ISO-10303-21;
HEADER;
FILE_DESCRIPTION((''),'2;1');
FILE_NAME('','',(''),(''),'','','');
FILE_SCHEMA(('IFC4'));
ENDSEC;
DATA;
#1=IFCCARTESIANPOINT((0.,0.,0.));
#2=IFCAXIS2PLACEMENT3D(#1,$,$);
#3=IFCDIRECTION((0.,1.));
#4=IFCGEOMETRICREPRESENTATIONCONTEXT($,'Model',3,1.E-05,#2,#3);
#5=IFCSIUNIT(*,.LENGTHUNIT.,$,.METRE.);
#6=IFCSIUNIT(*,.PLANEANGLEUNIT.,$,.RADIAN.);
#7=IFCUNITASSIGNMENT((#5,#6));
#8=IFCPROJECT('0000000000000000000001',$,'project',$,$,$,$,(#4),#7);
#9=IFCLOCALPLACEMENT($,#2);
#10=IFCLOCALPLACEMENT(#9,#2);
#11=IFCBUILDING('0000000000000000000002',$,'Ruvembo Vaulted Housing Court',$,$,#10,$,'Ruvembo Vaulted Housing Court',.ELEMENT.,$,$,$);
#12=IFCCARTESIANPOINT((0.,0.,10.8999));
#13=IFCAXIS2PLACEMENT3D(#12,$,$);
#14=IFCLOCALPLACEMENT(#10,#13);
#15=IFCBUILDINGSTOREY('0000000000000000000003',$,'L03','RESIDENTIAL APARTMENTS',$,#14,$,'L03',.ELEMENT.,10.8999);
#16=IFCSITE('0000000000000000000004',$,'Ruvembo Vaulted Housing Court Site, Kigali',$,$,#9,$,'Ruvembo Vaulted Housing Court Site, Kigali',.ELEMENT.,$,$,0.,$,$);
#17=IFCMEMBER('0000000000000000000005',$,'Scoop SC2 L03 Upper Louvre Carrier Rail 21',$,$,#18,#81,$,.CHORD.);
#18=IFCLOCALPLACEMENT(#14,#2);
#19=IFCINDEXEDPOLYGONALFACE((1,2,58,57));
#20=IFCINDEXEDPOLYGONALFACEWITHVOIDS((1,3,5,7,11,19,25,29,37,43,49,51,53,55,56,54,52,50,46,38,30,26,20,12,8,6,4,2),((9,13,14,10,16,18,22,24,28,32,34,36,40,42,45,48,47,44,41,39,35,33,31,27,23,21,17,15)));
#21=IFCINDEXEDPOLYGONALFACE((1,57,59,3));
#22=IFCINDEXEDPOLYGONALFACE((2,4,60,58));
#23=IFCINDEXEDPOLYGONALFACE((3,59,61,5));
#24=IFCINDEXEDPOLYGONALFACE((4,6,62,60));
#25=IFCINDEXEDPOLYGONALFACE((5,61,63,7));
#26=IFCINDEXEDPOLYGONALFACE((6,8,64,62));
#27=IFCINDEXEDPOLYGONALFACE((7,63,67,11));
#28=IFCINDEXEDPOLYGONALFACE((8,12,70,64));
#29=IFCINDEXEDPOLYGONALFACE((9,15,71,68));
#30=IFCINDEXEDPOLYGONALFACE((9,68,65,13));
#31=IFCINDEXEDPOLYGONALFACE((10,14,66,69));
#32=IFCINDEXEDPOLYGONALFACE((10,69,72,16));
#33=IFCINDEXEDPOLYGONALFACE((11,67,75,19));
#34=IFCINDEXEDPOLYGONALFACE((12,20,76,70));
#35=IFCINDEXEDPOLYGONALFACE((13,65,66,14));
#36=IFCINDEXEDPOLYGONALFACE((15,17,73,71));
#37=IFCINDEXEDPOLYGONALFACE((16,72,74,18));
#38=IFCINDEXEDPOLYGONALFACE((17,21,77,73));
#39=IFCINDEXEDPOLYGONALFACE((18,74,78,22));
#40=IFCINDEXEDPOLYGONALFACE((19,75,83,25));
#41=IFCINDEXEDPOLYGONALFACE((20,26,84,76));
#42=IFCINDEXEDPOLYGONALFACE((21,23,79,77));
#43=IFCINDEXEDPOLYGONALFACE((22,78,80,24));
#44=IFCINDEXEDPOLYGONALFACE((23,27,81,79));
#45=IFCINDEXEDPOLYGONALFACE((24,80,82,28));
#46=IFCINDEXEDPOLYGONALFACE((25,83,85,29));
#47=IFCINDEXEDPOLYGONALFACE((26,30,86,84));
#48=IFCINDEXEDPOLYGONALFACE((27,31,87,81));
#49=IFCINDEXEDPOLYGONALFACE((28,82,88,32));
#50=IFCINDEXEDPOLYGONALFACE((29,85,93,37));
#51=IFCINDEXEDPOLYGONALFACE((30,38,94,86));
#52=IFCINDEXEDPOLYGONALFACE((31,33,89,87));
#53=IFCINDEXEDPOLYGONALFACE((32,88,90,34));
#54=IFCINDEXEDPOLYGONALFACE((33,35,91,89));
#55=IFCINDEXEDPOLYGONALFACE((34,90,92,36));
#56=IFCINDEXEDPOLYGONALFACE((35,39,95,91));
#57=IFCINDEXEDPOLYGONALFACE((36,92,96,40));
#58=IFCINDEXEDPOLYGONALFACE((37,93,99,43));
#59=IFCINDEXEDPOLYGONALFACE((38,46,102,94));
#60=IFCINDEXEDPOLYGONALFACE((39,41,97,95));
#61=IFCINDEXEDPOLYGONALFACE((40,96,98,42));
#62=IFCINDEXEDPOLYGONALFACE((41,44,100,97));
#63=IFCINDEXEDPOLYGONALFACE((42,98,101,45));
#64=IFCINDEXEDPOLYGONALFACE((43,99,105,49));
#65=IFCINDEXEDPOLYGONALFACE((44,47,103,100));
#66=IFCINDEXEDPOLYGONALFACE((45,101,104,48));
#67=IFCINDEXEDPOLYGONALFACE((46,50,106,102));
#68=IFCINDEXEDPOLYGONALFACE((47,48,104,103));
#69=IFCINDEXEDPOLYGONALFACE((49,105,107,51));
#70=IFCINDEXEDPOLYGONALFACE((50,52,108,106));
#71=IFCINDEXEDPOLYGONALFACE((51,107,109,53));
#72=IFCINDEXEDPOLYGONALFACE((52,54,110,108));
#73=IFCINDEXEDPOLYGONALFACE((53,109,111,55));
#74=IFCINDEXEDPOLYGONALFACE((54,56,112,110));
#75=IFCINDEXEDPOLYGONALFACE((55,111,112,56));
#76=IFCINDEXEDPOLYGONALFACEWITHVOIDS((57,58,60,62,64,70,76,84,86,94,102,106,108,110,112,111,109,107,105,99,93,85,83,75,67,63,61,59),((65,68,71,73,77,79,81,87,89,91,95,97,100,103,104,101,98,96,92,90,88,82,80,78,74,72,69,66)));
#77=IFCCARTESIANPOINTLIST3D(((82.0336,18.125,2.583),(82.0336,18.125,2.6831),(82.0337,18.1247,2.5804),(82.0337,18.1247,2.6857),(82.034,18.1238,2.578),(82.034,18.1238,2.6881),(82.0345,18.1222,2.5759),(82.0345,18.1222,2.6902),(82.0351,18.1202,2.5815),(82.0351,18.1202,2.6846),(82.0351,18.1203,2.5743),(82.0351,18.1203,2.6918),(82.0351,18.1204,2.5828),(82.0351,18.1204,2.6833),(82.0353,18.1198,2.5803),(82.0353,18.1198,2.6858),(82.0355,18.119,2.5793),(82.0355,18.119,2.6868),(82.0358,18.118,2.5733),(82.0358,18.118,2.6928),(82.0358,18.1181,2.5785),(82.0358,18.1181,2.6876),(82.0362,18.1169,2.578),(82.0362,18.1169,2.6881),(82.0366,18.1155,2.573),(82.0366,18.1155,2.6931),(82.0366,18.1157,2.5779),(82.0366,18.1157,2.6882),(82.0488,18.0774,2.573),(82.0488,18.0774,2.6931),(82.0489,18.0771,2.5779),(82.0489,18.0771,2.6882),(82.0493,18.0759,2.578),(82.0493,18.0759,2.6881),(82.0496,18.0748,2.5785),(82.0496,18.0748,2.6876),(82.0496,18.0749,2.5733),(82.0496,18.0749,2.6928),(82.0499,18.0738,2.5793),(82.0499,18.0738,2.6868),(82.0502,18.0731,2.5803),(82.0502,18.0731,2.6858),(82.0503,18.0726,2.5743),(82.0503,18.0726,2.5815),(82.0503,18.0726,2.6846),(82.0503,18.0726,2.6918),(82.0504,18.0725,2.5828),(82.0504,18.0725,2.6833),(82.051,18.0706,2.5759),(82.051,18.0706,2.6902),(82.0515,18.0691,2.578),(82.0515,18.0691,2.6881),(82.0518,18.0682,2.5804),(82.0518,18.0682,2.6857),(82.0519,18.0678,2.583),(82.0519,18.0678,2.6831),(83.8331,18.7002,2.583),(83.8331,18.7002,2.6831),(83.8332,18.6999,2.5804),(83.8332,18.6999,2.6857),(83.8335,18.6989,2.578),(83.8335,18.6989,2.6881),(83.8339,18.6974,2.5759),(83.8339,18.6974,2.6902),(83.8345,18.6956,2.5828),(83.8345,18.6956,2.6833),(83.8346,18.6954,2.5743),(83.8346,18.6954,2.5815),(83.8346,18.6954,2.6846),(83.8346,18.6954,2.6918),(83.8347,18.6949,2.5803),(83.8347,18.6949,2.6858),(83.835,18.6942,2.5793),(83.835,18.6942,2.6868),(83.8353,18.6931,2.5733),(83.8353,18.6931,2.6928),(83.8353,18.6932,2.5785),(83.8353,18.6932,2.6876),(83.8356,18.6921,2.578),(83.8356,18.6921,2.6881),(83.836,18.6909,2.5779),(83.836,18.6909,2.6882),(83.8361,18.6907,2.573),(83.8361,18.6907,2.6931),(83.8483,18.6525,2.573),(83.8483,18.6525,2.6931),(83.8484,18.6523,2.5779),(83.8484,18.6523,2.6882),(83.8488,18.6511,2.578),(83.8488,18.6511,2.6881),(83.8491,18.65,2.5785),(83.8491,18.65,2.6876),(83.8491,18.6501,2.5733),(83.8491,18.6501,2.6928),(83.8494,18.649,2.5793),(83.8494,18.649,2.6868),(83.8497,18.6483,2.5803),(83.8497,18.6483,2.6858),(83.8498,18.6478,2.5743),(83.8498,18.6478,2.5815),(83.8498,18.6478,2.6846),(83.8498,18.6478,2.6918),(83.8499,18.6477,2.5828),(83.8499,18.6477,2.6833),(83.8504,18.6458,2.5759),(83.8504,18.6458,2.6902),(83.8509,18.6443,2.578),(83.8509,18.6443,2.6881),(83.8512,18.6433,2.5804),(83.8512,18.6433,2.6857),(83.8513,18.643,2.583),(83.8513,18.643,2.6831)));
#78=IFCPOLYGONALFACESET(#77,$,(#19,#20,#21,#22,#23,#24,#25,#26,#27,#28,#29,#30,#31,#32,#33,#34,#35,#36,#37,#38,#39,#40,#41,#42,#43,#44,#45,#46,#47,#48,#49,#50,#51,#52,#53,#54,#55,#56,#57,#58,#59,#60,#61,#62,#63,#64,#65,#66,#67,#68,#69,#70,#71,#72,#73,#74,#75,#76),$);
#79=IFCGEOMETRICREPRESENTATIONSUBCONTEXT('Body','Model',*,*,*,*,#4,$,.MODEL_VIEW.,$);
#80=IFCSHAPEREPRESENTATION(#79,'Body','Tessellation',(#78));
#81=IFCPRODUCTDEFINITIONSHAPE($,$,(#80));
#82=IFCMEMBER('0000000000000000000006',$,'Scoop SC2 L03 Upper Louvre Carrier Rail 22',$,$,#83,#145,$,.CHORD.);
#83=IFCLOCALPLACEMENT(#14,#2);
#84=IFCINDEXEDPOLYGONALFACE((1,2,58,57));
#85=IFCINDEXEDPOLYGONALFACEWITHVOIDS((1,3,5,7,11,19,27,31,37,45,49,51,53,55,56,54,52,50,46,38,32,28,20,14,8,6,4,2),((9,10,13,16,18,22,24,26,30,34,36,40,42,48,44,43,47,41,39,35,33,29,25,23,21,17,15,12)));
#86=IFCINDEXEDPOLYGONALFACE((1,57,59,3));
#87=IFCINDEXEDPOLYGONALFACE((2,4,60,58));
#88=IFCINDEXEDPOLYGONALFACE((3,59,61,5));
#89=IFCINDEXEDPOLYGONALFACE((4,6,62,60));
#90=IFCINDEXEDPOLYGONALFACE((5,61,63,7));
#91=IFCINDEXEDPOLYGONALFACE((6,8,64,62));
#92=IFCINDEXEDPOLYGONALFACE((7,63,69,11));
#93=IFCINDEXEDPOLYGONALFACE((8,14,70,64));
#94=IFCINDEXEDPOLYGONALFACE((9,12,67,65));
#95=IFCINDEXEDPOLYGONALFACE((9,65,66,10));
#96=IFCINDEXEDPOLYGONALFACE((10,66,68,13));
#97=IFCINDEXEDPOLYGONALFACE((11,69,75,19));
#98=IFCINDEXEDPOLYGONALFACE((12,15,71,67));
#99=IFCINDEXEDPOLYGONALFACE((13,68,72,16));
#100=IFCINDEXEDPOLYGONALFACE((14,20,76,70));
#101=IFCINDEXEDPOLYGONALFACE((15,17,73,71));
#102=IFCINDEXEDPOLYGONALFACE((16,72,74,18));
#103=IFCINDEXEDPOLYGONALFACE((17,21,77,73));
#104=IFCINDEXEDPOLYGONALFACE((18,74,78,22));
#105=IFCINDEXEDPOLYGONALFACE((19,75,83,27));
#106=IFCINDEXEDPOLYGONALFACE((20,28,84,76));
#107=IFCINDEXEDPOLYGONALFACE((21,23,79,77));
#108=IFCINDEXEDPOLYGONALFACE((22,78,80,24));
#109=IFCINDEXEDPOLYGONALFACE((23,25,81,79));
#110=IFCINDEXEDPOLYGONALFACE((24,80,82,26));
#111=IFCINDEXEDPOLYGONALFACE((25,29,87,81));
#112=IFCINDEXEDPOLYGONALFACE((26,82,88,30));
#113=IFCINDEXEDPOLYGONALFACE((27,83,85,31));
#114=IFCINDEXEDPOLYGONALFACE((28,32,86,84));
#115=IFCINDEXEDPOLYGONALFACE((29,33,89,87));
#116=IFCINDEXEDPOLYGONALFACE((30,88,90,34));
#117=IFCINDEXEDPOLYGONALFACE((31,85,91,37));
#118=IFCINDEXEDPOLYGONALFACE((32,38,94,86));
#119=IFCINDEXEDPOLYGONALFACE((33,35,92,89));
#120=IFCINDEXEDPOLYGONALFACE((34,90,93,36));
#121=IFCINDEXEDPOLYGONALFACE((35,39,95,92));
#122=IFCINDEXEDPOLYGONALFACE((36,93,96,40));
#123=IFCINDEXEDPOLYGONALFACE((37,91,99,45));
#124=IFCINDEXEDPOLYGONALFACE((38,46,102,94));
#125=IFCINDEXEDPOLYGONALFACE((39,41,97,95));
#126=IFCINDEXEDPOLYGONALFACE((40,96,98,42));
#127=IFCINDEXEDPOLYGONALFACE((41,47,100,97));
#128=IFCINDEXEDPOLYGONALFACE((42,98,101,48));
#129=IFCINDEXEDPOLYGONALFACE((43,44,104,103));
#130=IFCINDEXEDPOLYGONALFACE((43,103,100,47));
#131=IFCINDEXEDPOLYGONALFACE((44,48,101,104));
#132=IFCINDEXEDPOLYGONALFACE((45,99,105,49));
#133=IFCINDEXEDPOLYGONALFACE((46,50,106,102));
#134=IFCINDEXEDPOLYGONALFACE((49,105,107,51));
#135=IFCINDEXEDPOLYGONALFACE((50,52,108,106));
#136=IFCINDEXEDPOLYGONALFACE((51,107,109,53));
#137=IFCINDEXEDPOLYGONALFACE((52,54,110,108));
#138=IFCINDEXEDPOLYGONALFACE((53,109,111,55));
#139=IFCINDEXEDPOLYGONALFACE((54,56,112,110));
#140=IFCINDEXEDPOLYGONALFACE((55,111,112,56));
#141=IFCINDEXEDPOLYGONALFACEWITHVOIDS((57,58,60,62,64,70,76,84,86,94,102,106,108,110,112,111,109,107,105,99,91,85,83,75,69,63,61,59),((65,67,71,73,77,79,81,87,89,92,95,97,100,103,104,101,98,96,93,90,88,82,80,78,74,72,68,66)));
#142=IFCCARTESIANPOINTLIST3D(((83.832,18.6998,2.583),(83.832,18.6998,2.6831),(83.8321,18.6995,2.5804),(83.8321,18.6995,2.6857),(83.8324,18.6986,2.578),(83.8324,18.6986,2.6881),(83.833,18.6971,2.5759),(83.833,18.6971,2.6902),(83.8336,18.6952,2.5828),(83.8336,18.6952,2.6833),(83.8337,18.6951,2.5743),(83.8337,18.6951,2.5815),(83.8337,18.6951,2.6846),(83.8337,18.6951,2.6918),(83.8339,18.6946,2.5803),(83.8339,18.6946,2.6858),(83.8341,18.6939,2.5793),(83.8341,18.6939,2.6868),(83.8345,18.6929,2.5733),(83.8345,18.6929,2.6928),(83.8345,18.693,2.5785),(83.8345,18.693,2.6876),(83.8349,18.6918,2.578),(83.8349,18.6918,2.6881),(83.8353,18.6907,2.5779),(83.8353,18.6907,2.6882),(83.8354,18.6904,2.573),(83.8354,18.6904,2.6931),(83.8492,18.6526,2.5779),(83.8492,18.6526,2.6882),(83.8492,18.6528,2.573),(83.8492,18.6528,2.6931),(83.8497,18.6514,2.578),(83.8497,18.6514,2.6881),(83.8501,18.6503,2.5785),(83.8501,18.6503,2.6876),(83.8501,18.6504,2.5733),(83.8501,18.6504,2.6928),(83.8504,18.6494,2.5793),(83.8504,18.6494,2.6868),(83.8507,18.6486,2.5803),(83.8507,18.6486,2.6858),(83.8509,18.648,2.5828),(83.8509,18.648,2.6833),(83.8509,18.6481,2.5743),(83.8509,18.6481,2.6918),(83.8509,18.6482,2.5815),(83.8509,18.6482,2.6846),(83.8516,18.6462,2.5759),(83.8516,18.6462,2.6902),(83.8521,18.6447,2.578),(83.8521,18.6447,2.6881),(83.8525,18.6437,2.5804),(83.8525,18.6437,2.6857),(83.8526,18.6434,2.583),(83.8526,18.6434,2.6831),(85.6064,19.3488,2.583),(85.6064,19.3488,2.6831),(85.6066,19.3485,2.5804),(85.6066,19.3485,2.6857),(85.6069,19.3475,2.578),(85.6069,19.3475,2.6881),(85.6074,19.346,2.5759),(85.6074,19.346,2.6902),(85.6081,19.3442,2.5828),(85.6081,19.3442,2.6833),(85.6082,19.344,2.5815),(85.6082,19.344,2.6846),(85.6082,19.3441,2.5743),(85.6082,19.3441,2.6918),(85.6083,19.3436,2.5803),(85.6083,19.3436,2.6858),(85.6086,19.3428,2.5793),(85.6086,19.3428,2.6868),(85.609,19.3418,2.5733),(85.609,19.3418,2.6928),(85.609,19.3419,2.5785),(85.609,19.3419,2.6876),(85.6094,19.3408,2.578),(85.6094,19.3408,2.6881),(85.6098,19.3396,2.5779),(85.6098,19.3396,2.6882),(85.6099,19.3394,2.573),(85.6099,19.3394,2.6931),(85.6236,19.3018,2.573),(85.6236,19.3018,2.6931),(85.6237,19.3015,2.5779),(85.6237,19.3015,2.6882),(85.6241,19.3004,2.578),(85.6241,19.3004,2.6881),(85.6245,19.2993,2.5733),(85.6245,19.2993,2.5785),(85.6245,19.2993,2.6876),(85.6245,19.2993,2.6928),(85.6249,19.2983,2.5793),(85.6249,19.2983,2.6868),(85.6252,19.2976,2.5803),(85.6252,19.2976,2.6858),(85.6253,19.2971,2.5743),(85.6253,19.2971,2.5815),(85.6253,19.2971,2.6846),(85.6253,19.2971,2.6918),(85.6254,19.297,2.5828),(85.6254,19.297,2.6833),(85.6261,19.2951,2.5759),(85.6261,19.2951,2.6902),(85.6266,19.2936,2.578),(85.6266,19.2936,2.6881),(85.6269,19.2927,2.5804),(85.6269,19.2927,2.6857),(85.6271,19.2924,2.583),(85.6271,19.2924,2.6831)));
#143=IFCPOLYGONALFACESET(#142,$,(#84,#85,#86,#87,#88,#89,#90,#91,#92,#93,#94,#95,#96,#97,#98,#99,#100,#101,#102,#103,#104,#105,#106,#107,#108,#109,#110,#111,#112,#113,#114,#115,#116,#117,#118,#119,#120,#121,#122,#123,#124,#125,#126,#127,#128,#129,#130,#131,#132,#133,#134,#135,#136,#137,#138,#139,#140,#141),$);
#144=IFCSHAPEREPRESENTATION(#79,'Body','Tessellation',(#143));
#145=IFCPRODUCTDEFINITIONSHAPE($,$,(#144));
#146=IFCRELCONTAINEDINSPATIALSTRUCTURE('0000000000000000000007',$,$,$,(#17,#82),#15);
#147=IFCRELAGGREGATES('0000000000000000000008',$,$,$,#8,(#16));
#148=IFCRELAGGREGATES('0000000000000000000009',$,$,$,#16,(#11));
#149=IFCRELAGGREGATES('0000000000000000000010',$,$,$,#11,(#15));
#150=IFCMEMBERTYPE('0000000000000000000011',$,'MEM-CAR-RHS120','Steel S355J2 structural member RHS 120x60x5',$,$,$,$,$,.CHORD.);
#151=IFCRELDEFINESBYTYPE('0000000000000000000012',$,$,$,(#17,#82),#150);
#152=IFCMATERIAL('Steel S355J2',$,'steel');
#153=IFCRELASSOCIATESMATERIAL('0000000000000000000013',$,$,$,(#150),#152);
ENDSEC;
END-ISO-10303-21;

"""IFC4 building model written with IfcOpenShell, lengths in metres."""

from ifc_helpers import new_model, si_unit, direction, frame, origin, origin_2d, place, context, subcontext, project, spatial, hollow_rectangle, extrude, material, material_profile, profile_set, type_object, element, save


model = new_model("IFC4")

# Units and contexts
model_context = context("Model", 3, precision=1e-05, world=origin(), true_north=direction((0.0, 1.0)))
body_context = subcontext(model_context, "Body", "Model", "MODEL_VIEW")
ifc_project = project(units=[si_unit("LENGTHUNIT", "METRE"), si_unit("PLANEANGLEUNIT", "RADIAN")], contexts=[model_context])

# Site, building, storey
site_placement = place(None, origin())
site = spatial("IfcSite", under=ifc_project, at=site_placement, Name="Ruvembo Vaulted Housing Court Site, Kigali", LongName="Ruvembo Vaulted Housing Court Site, Kigali", CompositionType="ELEMENT", RefElevation=0.0)
building_placement = place(site_placement, origin())
building = spatial("IfcBuilding", under=site, at=building_placement, Name="Ruvembo Vaulted Housing Court", LongName="Ruvembo Vaulted Housing Court", CompositionType="ELEMENT")
storey_placement = place(building_placement, frame((0.0, 0.0, 10.8999)))
storey = spatial("IfcBuildingStorey", under=building, at=storey_placement, Name="L03", Description="RESIDENTIAL APARTMENTS", LongName="L03", CompositionType="ELEMENT", Elevation=10.8999)

# Shared definitions
ifc_material_1 = material(Name="Steel S355J2", Category="steel")

# Members
ifc_material_profile_1 = material_profile(ifc_material_1, hollow_rectangle(XDim=0.0601, YDim=0.1201, WallThickness=0.0049, InnerFilletRadius=0.0049, OuterFilletRadius=0.01, at=origin_2d()), Name="RHS 120x60x5")
ifc_profile_set_1 = profile_set([ifc_material_profile_1], Name="Steel S355J2")
member_type_1 = type_object("IfcMemberType", Name="MEM-CAR-RHS120", Description="Steel S355J2 structural member RHS 120x60x5", PredefinedType="CHORD", material=ifc_profile_set_1)
member_1_placement = place(storey_placement, frame((82.0427, 18.0964, 2.6331), z_axis=(0.952526, 0.304457, 0.0), x_axis=(-0.304457, 0.952526, 0.0)))
element("IfcMember", 1, at=member_1_placement, inside=storey, type_object=member_type_1, Name="Scoop SC2 L03 Upper Louvre Carrier Rail 21", PredefinedType="CHORD", context=body_context, shape_type="SweptSolid", body=[
    extrude(hollow_rectangle(XDim=0.0601, YDim=0.1201, WallThickness=0.0049, InnerFilletRadius=0.0049, OuterFilletRadius=0.01, at=origin_2d()), origin(), (0.0, 0.0, 1.0), 1.8892),
])
member_2_placement = place(storey_placement, frame((83.8423, 18.6716, 2.6331), z_axis=(0.939166, 0.343465, 0.0), x_axis=(-0.343465, 0.939166, 0.0)))
element("IfcMember", 2, at=member_2_placement, inside=storey, type_object=member_type_1, Name="Scoop SC2 L03 Upper Louvre Carrier Rail 22", PredefinedType="CHORD", context=body_context, shape_type="SweptSolid", body=[
    extrude(hollow_rectangle(XDim=0.0601, YDim=0.1201, WallThickness=0.0049, InnerFilletRadius=0.0049, OuterFilletRadius=0.01, at=origin_2d()), origin(), (0.0, 0.0, 1.0), 1.8894),
])

save(model, "model.ifc")
